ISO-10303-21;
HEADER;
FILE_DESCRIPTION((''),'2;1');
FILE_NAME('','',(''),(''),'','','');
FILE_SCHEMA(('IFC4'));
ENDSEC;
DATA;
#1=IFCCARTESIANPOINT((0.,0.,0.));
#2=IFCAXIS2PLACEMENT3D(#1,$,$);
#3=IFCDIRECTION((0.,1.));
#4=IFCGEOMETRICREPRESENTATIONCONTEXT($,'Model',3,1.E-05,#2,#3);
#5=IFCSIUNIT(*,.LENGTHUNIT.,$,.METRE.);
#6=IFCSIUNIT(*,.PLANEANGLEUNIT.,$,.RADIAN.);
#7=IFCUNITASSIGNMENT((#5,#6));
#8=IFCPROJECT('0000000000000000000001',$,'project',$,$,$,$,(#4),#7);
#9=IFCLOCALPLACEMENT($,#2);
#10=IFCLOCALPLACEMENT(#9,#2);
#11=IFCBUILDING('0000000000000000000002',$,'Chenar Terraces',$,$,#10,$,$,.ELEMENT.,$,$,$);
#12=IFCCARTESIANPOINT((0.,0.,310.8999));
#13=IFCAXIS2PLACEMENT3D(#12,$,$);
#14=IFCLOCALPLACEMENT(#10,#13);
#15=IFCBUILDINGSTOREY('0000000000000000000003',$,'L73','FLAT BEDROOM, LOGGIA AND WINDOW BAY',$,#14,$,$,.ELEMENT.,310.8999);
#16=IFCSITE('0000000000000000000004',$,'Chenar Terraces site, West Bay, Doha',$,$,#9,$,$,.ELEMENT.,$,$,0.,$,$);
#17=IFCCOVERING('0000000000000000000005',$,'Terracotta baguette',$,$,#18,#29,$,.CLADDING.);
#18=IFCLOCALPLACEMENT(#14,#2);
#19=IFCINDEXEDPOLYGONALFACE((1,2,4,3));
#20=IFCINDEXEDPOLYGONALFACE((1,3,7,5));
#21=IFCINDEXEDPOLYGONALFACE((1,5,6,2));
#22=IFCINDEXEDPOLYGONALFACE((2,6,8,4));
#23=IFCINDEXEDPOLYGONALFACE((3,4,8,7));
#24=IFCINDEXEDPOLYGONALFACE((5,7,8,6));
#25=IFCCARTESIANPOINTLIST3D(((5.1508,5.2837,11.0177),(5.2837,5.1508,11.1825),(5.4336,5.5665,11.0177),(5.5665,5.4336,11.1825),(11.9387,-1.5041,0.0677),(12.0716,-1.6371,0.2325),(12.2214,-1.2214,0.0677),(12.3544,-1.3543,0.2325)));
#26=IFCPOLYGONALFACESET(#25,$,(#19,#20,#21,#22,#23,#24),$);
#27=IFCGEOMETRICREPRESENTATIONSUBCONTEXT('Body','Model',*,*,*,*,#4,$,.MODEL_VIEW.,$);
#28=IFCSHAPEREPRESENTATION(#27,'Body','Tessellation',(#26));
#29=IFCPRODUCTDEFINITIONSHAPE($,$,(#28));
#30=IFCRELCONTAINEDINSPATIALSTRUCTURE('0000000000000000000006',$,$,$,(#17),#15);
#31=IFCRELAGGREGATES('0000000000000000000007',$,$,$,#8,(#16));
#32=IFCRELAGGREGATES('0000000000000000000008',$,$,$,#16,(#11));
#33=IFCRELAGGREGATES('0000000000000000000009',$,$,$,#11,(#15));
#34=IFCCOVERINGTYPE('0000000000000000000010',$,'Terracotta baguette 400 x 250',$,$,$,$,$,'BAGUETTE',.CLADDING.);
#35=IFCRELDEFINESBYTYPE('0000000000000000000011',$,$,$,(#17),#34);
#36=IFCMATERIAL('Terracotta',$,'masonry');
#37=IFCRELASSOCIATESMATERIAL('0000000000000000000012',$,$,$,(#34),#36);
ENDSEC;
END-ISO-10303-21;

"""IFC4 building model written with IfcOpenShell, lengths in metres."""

from ifc_helpers import new_model, si_unit, direction, frame, origin, origin_2d, place, context, subcontext, project, spatial, rectangle, extrude, material, material_profile, profile_set, type_object, element, save


model = new_model("IFC4")

# Units and contexts
model_context = context("Model", 3, precision=1e-05, world=origin(), true_north=direction((0.0, 1.0)))
body_context = subcontext(model_context, "Body", "Model", "MODEL_VIEW")
ifc_project = project(units=[si_unit("LENGTHUNIT", "METRE"), si_unit("PLANEANGLEUNIT", "RADIAN")], contexts=[model_context])

# Site, building, storey
site_placement = place(None, origin())
site = spatial("IfcSite", under=ifc_project, at=site_placement, Name="Chenar Terraces site, West Bay, Doha", CompositionType="ELEMENT", RefElevation=0.0)
building_placement = place(site_placement, origin())
building = spatial("IfcBuilding", under=site, at=building_placement, Name="Chenar Terraces", CompositionType="ELEMENT")
storey_placement = place(building_placement, frame((0.0, 0.0, 310.8999)))
storey = spatial("IfcBuildingStorey", under=building, at=storey_placement, Name="L73", Description="FLAT BEDROOM, LOGGIA AND WINDOW BAY", CompositionType="ELEMENT", Elevation=310.8999)

# Covering
ifc_material_1 = material(Name="Terracotta", Category="masonry")
ifc_material_profile = material_profile(ifc_material_1, rectangle(XDim=0.3999, YDim=0.25, at=origin_2d()), Name="Terracotta baguette 400 x 250")
ifc_profile_set = profile_set([ifc_material_profile], Name="Terracotta")
covering_type = type_object("IfcCoveringType", Name="Terracotta baguette 400 x 250", ElementType="BAGUETTE", PredefinedType="CLADDING", material=ifc_profile_set)
for number, where, z_axis, x_axis, name in (
    (1, (5.3586, 5.3586, 11.1001), (0.466135, -0.466135, -0.751955), (0.707107, 0.707107, 0.0), "Terracotta baguette"),
):
    element("IfcCovering", number, at=place(storey_placement, frame(where, z_axis=z_axis, x_axis=x_axis)), inside=storey, type_object=covering_type, Name=name, PredefinedType="CLADDING", context=body_context, shape_type="SweptSolid", body=[
        extrude(rectangle(XDim=0.3999, YDim=0.25, at=origin_2d()), origin(), (0.0, 0.0, 1.0), 14.562),
    ])

save(model, "model.ifc")
